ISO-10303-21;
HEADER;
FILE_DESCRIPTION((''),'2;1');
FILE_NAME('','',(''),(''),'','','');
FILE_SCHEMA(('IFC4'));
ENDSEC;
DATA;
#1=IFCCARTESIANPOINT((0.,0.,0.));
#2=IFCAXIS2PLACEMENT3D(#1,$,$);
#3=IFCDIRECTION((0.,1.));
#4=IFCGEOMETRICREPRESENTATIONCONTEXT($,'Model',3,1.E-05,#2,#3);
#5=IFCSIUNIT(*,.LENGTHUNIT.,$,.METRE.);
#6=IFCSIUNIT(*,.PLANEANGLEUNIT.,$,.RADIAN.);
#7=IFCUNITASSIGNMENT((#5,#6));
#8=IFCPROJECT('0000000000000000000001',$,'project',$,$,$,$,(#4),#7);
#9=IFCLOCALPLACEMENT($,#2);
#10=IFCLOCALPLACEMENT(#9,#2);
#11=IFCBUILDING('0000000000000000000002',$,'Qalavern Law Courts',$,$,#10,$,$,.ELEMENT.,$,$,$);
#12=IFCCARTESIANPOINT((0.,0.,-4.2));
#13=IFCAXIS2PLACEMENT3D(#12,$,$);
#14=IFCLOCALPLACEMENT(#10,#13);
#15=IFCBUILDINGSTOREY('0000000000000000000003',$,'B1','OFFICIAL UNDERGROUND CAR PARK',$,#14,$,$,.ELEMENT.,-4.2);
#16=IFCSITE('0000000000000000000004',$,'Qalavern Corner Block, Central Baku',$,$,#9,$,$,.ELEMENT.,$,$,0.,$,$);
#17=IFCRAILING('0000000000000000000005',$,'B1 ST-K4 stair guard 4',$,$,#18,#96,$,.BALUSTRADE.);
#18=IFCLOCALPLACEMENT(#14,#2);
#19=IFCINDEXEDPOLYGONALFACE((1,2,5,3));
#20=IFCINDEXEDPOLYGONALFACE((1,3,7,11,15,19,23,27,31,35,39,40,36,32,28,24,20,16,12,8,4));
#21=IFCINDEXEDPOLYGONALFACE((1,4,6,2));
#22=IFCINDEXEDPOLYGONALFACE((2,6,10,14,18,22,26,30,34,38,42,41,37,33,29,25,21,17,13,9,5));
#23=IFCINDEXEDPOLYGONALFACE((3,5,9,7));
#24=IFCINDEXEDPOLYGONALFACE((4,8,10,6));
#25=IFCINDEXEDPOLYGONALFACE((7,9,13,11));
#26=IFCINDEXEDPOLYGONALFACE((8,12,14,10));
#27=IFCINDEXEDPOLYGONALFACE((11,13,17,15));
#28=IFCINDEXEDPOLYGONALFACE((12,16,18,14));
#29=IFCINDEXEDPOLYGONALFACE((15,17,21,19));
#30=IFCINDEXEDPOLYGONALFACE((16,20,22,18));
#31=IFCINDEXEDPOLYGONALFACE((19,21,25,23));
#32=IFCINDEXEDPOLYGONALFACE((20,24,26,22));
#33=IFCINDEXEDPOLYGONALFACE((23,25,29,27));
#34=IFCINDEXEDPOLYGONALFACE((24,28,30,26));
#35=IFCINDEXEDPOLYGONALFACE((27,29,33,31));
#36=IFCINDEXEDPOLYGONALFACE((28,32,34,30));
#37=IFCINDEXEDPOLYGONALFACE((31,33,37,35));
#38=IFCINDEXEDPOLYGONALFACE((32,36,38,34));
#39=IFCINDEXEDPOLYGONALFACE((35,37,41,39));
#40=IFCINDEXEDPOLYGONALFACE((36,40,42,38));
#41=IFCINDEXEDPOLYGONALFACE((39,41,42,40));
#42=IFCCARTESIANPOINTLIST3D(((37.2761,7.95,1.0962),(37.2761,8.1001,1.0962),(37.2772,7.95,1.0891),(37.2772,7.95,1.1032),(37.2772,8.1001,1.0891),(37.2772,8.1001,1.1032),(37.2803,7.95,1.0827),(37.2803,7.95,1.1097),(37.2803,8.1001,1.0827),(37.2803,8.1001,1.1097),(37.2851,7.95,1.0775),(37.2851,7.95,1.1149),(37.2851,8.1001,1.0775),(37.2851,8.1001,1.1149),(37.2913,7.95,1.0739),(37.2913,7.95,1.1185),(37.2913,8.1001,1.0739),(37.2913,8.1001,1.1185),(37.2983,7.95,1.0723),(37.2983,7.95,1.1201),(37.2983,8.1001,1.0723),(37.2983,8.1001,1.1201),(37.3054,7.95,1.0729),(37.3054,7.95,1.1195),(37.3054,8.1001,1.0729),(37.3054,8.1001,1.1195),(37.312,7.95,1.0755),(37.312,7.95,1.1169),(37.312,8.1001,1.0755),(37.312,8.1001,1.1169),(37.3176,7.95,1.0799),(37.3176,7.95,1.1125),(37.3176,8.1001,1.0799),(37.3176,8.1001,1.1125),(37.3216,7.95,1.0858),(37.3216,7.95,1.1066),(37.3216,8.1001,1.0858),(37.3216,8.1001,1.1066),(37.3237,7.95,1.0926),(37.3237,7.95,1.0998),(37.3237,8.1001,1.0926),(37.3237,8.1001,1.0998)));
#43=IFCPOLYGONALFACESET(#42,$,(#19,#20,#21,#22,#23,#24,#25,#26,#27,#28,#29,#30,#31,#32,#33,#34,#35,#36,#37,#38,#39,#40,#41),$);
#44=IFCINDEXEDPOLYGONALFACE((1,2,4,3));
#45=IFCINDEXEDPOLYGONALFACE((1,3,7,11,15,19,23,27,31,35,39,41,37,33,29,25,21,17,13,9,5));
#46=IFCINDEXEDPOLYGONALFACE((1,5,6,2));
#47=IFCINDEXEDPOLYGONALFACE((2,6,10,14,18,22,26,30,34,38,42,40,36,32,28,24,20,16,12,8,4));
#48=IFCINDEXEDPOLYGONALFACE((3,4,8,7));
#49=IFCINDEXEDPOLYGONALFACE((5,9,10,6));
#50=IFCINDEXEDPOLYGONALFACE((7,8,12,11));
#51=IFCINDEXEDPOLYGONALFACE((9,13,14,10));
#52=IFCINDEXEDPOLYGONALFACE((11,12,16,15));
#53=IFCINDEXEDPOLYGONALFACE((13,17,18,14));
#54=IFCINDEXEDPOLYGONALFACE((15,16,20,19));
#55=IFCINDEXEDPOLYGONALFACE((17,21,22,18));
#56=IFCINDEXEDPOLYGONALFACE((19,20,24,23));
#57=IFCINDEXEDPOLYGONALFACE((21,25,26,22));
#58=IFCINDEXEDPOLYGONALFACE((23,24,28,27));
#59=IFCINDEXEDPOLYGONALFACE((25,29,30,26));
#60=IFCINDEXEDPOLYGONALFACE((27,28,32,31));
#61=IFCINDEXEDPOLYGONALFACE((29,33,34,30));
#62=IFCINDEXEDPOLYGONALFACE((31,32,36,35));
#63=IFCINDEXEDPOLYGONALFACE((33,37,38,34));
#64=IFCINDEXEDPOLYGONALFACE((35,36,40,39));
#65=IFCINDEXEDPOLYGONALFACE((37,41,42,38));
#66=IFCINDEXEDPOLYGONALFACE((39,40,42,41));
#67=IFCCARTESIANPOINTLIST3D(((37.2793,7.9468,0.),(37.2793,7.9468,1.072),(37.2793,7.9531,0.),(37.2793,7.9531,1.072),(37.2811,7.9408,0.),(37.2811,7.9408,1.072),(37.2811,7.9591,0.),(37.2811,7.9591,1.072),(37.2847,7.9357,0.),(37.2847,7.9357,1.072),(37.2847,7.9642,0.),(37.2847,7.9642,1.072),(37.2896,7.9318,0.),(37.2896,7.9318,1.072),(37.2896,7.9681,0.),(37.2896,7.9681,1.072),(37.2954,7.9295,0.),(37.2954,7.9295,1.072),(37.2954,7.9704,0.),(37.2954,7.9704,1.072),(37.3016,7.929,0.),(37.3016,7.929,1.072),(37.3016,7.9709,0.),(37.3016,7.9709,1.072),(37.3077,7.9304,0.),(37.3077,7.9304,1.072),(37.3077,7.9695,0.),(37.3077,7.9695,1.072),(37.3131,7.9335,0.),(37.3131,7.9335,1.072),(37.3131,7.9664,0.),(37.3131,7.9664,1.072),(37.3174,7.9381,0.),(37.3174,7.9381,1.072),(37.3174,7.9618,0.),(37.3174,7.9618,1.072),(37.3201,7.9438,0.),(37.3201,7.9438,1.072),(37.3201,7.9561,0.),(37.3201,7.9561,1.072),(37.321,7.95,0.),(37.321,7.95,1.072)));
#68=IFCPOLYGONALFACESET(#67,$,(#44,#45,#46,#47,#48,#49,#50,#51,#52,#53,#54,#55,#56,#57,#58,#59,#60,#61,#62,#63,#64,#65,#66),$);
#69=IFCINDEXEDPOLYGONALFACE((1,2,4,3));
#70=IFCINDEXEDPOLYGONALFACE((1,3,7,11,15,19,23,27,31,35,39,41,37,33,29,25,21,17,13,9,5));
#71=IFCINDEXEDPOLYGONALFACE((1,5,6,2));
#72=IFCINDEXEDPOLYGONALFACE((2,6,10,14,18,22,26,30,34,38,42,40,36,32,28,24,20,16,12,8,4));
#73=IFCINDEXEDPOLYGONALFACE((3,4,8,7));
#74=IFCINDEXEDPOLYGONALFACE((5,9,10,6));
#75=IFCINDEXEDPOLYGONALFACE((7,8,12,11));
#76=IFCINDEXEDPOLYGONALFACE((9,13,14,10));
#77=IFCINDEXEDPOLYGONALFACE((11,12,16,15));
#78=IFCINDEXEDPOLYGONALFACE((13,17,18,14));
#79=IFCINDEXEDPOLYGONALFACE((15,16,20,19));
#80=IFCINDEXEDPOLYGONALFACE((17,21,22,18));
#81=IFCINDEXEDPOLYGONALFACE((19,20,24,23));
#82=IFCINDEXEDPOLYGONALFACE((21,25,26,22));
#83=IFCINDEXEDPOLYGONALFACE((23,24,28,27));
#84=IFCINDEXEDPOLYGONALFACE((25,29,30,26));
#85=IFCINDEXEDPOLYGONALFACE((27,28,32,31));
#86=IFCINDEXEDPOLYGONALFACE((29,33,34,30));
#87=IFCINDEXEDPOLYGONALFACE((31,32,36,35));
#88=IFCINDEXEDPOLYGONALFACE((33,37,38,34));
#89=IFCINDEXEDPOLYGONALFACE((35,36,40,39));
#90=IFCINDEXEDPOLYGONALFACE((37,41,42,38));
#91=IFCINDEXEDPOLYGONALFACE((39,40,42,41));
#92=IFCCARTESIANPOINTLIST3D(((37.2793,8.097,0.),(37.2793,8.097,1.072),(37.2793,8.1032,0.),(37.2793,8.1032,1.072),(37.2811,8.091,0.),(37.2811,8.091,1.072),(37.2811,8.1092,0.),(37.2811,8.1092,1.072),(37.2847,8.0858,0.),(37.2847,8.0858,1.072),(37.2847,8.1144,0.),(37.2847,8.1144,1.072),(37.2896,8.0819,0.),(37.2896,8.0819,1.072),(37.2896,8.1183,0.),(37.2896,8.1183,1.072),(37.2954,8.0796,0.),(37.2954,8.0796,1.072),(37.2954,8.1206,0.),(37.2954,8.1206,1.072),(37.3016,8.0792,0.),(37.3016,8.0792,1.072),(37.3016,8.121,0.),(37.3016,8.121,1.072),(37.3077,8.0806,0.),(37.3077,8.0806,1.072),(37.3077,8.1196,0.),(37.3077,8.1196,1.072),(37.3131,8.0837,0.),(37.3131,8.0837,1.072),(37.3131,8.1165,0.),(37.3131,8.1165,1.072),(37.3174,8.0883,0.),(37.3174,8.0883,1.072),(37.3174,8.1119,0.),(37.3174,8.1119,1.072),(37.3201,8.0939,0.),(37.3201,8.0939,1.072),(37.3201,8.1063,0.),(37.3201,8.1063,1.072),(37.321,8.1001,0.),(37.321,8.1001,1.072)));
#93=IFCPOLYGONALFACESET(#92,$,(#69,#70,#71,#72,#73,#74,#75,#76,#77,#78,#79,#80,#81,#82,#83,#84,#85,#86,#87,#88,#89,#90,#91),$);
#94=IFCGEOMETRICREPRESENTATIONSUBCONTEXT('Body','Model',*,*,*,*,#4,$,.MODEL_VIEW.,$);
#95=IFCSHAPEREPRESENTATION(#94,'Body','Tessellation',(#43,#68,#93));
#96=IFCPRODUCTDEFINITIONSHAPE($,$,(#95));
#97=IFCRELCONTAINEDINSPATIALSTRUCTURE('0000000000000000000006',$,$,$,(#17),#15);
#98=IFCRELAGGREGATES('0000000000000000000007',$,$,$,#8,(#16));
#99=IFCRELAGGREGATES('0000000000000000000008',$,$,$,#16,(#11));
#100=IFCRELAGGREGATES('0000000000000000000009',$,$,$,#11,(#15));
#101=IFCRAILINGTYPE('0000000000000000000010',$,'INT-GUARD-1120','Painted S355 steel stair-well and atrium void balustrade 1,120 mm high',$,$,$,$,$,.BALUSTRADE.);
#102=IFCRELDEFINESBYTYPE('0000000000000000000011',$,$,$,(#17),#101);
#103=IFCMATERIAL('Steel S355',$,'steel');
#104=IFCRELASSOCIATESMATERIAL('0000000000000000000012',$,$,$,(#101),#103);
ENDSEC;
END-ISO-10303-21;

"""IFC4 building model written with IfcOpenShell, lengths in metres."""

from ifc_helpers import new_model, si_unit, direction, frame, origin, origin_2d, place, context, subcontext, project, spatial, circle, extrude, material, type_object, element, save


model = new_model("IFC4")

# Units and contexts
model_context = context("Model", 3, precision=1e-05, world=origin(), true_north=direction((0.0, 1.0)))
body_context = subcontext(model_context, "Body", "Model", "MODEL_VIEW")
ifc_project = project(units=[si_unit("LENGTHUNIT", "METRE"), si_unit("PLANEANGLEUNIT", "RADIAN")], contexts=[model_context])

# Site, building, storey
site_placement = place(None, origin())
site = spatial("IfcSite", under=ifc_project, at=site_placement, Name="Qalavern Corner Block, Central Baku", CompositionType="ELEMENT", RefElevation=0.0)
building_placement = place(site_placement, origin())
building = spatial("IfcBuilding", under=site, at=building_placement, Name="Qalavern Law Courts", CompositionType="ELEMENT")
storey_placement = place(building_placement, frame((0.0, 0.0, -4.2)))
storey = spatial("IfcBuildingStorey", under=building, at=storey_placement, Name="B1", Description="OFFICIAL UNDERGROUND CAR PARK", CompositionType="ELEMENT", Elevation=-4.2)

# Shared definitions
ifc_material_1 = material(Name="Steel S355", Category="steel")

# Railing
railing_type_1 = type_object("IfcRailingType", Name="INT-GUARD-1120", Description="Painted S355 steel stair-well and atrium void balustrade 1,120 mm high", PredefinedType="BALUSTRADE", material=ifc_material_1)
railing_1_placement = place(storey_placement, frame((37.3, 7.95, 0.0)))
element("IfcRailing", 1, at=railing_1_placement, inside=storey, type_object=railing_type_1, Name="B1 ST-K4 stair guard 4", PredefinedType="BALUSTRADE", context=body_context, shape_type="SweptSolid", body=[
    extrude(circle(Radius=0.0239, at=origin_2d()), frame((0.0, 0.0, 1.0962), z_axis=(0.0, 1.0, 0.0), x_axis=(-1.0, 0.0, 0.0)), (0.0, 0.0, 1.0), 0.1501),
    extrude(circle(Radius=0.021, at=origin_2d()), origin(), (0.0, 0.0, 1.0), 1.072),
    extrude(circle(Radius=0.021, at=origin_2d()), frame((0.0, 0.1501, 0.0)), (0.0, 0.0, 1.0), 1.072),
])

save(model, "model.ifc")
